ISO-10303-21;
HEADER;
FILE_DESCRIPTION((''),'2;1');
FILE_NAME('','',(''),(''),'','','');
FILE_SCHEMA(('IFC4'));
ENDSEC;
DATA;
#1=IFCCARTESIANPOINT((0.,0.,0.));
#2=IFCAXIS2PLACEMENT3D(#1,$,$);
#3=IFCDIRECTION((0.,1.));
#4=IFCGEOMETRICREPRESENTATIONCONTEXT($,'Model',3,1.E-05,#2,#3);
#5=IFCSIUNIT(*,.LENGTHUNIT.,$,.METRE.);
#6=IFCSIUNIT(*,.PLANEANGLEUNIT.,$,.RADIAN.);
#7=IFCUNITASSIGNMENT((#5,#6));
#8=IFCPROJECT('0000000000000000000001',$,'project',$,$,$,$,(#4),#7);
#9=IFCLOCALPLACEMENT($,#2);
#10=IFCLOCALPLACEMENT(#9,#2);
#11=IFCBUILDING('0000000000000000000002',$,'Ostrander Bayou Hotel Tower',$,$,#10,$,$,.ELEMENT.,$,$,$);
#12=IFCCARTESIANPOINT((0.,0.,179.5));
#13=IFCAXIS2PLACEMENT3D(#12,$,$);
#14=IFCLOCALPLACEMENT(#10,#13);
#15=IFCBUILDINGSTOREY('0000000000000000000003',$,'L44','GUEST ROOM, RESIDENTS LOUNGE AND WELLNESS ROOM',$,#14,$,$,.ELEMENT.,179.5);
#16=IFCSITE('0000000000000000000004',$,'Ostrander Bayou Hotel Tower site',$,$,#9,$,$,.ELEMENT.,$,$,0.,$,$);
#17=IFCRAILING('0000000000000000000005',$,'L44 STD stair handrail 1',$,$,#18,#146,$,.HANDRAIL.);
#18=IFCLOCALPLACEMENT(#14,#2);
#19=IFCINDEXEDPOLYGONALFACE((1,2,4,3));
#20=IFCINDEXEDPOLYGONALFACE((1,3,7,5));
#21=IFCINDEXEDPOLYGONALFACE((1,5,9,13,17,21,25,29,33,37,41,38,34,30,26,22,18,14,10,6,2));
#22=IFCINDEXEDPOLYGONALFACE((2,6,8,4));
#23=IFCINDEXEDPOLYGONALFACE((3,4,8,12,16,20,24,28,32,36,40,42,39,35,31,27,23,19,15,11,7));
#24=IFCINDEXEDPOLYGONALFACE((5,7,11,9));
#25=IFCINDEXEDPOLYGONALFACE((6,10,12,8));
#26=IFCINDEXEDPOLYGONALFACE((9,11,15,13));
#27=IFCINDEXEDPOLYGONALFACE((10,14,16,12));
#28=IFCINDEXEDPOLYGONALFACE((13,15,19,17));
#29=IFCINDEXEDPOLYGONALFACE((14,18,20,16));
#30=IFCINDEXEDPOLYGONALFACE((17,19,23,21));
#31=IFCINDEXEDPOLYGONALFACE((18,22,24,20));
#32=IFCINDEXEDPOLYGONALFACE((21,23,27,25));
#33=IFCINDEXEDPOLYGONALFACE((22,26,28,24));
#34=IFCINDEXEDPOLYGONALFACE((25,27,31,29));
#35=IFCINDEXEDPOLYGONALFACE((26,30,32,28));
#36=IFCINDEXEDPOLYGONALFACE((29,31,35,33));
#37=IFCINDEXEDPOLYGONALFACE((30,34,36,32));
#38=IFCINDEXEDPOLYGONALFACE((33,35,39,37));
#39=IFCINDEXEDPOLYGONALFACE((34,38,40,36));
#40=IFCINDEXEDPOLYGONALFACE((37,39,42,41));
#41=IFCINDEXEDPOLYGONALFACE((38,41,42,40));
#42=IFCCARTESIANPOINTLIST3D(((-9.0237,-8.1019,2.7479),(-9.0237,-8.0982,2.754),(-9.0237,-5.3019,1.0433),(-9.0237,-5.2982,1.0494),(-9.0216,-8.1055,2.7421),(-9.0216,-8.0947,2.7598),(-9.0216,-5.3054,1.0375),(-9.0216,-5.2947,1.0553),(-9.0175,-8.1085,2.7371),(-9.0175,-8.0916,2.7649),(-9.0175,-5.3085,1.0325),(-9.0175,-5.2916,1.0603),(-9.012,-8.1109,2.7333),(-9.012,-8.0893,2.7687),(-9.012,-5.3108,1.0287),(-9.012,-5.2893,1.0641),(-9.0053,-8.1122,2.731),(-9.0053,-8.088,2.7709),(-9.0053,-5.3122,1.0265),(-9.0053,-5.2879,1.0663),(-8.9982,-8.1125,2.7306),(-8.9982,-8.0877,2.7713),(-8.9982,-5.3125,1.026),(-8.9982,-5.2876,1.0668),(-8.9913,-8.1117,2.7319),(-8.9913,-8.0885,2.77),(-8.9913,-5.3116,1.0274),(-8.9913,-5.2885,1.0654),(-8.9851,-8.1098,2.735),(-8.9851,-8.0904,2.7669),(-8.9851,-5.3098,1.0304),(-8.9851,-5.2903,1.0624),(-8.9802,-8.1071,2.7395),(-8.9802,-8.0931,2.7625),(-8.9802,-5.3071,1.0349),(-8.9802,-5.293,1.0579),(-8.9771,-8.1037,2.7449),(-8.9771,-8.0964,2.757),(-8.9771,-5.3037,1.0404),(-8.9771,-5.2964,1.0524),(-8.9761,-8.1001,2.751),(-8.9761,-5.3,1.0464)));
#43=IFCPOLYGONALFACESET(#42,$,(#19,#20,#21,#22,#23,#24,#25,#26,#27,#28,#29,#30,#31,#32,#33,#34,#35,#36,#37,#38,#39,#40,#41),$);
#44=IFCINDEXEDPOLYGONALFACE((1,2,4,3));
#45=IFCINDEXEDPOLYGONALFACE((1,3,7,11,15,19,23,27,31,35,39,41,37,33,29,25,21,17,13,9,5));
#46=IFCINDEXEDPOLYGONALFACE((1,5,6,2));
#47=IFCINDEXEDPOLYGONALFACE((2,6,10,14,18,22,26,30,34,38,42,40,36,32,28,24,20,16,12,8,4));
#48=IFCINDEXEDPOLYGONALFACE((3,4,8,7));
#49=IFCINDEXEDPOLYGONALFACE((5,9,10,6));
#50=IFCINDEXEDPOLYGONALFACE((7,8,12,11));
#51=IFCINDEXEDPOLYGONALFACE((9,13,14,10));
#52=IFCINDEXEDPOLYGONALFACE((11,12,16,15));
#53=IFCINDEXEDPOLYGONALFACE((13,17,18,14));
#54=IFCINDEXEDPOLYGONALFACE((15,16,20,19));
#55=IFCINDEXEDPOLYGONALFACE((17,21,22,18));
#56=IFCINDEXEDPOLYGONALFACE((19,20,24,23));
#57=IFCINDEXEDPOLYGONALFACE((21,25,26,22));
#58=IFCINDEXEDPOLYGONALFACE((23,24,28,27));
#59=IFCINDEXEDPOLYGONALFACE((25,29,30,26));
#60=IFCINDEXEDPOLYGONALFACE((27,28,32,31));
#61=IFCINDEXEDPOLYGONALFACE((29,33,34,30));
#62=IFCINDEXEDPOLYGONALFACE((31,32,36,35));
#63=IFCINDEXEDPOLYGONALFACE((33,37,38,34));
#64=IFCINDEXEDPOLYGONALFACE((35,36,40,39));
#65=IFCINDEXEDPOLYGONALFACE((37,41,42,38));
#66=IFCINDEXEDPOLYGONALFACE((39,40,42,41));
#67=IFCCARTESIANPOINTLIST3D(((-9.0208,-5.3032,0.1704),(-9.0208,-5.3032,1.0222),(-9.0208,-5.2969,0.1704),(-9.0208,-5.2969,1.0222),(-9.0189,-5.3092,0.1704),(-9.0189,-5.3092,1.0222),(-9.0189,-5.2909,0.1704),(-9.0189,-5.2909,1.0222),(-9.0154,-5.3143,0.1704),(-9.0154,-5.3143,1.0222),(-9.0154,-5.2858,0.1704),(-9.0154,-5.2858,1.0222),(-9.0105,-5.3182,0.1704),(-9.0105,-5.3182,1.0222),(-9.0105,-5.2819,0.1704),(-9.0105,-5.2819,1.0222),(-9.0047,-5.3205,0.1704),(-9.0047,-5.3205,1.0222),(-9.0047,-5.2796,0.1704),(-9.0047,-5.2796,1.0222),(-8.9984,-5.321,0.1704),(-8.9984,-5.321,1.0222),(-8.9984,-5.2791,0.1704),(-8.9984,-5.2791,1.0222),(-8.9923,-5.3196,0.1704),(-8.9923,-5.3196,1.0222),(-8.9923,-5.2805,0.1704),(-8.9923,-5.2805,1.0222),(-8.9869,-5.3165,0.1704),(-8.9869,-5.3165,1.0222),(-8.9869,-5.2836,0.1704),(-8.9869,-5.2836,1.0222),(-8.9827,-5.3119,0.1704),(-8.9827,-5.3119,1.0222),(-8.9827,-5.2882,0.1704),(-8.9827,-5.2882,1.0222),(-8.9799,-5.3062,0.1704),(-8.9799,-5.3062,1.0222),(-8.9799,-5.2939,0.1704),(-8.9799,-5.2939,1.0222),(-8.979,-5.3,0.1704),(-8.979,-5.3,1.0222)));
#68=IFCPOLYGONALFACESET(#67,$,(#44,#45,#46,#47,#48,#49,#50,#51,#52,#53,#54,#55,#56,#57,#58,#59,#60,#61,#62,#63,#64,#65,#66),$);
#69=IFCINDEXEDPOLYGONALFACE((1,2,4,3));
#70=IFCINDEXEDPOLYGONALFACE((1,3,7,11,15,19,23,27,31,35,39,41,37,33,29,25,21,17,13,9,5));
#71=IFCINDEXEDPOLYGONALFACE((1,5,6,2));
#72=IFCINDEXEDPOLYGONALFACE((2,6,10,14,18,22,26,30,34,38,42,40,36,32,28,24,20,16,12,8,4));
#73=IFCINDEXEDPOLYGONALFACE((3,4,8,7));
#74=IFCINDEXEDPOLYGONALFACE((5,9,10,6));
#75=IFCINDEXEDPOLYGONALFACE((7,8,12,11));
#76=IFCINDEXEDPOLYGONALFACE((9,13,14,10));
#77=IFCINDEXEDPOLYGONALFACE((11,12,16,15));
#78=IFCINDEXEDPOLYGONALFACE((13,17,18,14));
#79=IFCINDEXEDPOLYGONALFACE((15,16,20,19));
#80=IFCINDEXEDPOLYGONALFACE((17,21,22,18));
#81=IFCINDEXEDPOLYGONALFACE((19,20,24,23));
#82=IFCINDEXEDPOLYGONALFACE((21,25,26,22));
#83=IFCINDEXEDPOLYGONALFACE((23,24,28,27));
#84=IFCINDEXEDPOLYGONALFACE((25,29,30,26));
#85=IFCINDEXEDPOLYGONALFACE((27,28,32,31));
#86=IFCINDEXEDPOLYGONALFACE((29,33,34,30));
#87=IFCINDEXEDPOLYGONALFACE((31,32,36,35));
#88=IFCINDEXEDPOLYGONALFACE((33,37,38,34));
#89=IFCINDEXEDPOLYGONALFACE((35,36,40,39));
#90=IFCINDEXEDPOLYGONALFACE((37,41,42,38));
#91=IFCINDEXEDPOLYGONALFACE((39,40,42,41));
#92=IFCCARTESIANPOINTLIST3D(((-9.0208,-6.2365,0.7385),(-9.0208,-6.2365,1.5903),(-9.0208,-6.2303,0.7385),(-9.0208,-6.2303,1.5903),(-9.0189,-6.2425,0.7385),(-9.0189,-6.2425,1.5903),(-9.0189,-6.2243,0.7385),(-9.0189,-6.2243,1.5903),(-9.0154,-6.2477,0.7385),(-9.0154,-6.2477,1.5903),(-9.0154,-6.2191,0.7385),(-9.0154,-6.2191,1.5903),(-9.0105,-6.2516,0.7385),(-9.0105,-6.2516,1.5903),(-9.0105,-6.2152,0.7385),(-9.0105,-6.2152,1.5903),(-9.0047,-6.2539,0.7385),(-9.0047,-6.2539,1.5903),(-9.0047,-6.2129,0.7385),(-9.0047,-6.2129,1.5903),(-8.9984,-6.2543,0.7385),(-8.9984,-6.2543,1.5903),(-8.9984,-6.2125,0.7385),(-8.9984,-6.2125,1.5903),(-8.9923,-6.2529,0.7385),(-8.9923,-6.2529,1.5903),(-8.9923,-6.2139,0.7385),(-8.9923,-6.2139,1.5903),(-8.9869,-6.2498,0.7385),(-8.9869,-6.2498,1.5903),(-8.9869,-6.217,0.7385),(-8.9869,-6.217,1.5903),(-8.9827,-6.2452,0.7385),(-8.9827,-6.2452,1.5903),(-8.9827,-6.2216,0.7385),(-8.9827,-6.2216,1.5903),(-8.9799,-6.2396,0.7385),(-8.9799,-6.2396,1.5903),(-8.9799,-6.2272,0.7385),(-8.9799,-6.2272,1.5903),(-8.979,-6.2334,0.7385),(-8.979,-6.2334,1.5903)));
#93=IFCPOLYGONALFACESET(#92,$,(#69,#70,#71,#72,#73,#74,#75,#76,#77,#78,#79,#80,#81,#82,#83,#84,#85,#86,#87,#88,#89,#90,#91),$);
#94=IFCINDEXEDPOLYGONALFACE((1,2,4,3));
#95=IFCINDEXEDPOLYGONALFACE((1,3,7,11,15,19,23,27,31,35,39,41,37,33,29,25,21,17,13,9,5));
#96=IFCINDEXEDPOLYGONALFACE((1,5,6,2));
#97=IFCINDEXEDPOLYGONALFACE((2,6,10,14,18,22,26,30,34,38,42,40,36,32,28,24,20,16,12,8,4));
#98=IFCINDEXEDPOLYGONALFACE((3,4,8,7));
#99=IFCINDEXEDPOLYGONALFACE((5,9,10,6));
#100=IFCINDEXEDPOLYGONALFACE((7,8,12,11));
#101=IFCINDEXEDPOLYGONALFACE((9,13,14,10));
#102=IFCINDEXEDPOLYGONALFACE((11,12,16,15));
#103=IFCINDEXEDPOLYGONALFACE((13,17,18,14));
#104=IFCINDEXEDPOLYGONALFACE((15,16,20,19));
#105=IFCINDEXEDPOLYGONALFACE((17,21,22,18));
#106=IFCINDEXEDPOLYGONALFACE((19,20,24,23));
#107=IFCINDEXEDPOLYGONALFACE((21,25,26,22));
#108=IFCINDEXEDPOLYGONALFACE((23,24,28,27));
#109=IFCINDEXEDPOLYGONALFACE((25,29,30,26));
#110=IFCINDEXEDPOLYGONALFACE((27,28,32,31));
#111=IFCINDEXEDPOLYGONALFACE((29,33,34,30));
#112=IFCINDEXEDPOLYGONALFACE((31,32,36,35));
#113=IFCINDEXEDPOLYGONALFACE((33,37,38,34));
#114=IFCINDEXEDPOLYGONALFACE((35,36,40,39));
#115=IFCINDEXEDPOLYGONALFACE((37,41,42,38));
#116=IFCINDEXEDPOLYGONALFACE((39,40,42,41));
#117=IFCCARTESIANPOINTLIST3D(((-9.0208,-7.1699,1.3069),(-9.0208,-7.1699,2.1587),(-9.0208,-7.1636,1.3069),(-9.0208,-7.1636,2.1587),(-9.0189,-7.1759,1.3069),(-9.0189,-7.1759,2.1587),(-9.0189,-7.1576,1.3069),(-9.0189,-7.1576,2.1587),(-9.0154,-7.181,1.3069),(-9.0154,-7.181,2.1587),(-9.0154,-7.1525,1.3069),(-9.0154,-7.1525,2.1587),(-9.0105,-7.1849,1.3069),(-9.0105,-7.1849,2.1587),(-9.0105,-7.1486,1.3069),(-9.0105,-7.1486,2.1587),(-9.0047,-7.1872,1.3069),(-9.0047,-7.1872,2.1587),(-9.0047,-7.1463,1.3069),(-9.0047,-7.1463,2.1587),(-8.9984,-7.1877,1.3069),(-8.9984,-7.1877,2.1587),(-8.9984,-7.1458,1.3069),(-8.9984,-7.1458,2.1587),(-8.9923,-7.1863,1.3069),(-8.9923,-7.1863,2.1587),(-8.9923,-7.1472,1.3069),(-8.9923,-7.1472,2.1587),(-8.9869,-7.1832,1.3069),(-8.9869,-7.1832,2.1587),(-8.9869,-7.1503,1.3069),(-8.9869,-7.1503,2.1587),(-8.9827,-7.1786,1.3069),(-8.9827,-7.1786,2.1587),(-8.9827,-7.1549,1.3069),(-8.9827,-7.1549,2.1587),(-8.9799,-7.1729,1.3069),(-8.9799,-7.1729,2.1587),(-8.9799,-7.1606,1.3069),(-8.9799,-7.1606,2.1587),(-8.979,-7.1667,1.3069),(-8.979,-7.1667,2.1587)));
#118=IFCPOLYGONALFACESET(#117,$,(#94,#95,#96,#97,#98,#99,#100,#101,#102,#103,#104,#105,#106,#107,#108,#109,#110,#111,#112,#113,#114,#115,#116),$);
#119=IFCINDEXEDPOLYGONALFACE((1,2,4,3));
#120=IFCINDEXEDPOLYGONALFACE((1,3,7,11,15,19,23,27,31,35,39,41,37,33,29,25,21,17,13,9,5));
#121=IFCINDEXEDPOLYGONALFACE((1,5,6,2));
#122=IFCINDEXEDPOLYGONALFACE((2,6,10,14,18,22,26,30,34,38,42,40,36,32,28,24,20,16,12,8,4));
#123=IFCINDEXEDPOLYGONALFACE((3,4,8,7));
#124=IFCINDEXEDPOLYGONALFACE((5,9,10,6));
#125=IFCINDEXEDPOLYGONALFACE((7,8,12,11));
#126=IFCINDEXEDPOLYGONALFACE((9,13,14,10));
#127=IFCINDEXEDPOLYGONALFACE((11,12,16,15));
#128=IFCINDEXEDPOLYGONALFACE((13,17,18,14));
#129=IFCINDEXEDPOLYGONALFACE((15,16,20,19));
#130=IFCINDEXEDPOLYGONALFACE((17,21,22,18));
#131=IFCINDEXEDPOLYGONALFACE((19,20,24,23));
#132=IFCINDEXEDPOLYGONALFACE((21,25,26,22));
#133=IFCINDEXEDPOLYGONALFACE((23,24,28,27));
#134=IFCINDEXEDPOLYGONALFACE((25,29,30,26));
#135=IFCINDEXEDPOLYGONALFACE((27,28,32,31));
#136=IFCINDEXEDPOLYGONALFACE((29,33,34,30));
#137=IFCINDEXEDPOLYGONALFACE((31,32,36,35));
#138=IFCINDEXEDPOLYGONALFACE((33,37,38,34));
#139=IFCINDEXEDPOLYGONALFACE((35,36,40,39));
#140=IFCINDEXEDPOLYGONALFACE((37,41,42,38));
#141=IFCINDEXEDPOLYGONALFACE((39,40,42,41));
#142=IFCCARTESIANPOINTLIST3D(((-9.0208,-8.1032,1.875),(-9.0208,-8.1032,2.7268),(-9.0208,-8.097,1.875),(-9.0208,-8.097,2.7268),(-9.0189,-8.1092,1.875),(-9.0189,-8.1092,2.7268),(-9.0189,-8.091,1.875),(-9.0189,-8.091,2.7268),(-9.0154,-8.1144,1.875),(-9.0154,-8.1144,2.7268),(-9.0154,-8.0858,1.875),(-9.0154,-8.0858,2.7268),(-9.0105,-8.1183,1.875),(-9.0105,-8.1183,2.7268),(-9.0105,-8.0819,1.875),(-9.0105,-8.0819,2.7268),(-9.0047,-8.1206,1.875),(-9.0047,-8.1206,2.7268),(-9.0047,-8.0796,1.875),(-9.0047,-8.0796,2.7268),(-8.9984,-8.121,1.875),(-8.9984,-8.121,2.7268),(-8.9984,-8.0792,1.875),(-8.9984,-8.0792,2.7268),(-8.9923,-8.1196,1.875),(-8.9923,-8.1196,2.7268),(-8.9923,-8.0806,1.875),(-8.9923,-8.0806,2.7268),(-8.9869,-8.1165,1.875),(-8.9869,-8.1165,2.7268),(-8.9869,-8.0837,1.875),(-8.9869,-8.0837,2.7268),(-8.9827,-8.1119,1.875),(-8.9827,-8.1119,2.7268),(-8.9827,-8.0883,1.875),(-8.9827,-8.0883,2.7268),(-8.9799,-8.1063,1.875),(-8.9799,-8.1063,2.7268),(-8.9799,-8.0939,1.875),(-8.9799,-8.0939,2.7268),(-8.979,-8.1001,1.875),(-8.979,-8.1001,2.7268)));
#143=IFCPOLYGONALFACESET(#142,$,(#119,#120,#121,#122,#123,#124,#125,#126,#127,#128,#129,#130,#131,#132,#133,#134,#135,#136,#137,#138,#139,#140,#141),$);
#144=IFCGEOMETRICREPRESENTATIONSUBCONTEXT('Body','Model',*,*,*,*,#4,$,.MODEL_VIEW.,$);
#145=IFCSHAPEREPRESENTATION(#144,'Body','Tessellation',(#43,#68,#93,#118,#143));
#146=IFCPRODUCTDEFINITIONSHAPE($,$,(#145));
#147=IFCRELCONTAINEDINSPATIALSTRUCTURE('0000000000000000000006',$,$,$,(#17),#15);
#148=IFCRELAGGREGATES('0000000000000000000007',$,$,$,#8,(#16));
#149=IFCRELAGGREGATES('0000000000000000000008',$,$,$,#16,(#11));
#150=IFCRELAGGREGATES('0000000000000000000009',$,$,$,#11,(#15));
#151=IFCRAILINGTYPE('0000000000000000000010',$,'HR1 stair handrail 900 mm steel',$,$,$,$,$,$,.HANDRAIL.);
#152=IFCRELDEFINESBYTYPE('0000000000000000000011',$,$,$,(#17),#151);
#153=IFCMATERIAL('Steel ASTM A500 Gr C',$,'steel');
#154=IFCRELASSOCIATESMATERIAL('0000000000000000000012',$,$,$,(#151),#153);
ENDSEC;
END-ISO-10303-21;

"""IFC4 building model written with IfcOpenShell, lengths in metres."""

from ifc_helpers import new_model, si_unit, direction, frame, origin, origin_2d, place, context, subcontext, project, spatial, circle, extrude, material, type_object, element, save


model = new_model("IFC4")

# Units and contexts
model_context = context("Model", 3, precision=1e-05, world=origin(), true_north=direction((0.0, 1.0)))
body_context = subcontext(model_context, "Body", "Model", "MODEL_VIEW")
ifc_project = project(units=[si_unit("LENGTHUNIT", "METRE"), si_unit("PLANEANGLEUNIT", "RADIAN")], contexts=[model_context])

# Site, building, storey
site_placement = place(None, origin())
site = spatial("IfcSite", under=ifc_project, at=site_placement, Name="Ostrander Bayou Hotel Tower site", CompositionType="ELEMENT", RefElevation=0.0)
building_placement = place(site_placement, origin())
building = spatial("IfcBuilding", under=site, at=building_placement, Name="Ostrander Bayou Hotel Tower", CompositionType="ELEMENT")
storey_placement = place(building_placement, frame((0.0, 0.0, 179.5)))
storey = spatial("IfcBuildingStorey", under=building, at=storey_placement, Name="L44", Description="GUEST ROOM, RESIDENTS LOUNGE AND WELLNESS ROOM", CompositionType="ELEMENT", Elevation=179.5)

# Railing
ifc_material_1 = material(Name="Steel ASTM A500 Gr C", Category="steel")
railing_type_1 = type_object("IfcRailingType", Name="HR1 stair handrail 900 mm steel", PredefinedType="HANDRAIL", material=ifc_material_1)
railing_1_placement = place(storey_placement, frame((-9.0, -5.3, 0.1704)))
element("IfcRailing", 1, at=railing_1_placement, inside=storey, type_object=railing_type_1, Name="L44 STD stair handrail 1", PredefinedType="HANDRAIL", context=body_context, shape_type="SweptSolid", body=[
    extrude(circle(Radius=0.0239, at=origin_2d()), frame((0.0, 0.0, 0.876), z_axis=(0.0, -0.85417, 0.519994), x_axis=(1.0, 0.0, 0.0)), (0.0, 0.0, 1.0), 3.2781),
    extrude(circle(Radius=0.021, at=origin_2d()), origin(), (0.0, 0.0, 1.0), 0.8518),
    extrude(circle(Radius=0.021, at=origin_2d()), frame((0.0, -0.9333, 0.5681)), (0.0, 0.0, 1.0), 0.8518),
    extrude(circle(Radius=0.021, at=origin_2d()), frame((0.0, -1.8667, 1.1365)), (0.0, 0.0, 1.0), 0.8518),
    extrude(circle(Radius=0.021, at=origin_2d()), frame((0.0, -2.8, 1.7046)), (0.0, 0.0, 1.0), 0.8518),
])

save(model, "model.ifc")
